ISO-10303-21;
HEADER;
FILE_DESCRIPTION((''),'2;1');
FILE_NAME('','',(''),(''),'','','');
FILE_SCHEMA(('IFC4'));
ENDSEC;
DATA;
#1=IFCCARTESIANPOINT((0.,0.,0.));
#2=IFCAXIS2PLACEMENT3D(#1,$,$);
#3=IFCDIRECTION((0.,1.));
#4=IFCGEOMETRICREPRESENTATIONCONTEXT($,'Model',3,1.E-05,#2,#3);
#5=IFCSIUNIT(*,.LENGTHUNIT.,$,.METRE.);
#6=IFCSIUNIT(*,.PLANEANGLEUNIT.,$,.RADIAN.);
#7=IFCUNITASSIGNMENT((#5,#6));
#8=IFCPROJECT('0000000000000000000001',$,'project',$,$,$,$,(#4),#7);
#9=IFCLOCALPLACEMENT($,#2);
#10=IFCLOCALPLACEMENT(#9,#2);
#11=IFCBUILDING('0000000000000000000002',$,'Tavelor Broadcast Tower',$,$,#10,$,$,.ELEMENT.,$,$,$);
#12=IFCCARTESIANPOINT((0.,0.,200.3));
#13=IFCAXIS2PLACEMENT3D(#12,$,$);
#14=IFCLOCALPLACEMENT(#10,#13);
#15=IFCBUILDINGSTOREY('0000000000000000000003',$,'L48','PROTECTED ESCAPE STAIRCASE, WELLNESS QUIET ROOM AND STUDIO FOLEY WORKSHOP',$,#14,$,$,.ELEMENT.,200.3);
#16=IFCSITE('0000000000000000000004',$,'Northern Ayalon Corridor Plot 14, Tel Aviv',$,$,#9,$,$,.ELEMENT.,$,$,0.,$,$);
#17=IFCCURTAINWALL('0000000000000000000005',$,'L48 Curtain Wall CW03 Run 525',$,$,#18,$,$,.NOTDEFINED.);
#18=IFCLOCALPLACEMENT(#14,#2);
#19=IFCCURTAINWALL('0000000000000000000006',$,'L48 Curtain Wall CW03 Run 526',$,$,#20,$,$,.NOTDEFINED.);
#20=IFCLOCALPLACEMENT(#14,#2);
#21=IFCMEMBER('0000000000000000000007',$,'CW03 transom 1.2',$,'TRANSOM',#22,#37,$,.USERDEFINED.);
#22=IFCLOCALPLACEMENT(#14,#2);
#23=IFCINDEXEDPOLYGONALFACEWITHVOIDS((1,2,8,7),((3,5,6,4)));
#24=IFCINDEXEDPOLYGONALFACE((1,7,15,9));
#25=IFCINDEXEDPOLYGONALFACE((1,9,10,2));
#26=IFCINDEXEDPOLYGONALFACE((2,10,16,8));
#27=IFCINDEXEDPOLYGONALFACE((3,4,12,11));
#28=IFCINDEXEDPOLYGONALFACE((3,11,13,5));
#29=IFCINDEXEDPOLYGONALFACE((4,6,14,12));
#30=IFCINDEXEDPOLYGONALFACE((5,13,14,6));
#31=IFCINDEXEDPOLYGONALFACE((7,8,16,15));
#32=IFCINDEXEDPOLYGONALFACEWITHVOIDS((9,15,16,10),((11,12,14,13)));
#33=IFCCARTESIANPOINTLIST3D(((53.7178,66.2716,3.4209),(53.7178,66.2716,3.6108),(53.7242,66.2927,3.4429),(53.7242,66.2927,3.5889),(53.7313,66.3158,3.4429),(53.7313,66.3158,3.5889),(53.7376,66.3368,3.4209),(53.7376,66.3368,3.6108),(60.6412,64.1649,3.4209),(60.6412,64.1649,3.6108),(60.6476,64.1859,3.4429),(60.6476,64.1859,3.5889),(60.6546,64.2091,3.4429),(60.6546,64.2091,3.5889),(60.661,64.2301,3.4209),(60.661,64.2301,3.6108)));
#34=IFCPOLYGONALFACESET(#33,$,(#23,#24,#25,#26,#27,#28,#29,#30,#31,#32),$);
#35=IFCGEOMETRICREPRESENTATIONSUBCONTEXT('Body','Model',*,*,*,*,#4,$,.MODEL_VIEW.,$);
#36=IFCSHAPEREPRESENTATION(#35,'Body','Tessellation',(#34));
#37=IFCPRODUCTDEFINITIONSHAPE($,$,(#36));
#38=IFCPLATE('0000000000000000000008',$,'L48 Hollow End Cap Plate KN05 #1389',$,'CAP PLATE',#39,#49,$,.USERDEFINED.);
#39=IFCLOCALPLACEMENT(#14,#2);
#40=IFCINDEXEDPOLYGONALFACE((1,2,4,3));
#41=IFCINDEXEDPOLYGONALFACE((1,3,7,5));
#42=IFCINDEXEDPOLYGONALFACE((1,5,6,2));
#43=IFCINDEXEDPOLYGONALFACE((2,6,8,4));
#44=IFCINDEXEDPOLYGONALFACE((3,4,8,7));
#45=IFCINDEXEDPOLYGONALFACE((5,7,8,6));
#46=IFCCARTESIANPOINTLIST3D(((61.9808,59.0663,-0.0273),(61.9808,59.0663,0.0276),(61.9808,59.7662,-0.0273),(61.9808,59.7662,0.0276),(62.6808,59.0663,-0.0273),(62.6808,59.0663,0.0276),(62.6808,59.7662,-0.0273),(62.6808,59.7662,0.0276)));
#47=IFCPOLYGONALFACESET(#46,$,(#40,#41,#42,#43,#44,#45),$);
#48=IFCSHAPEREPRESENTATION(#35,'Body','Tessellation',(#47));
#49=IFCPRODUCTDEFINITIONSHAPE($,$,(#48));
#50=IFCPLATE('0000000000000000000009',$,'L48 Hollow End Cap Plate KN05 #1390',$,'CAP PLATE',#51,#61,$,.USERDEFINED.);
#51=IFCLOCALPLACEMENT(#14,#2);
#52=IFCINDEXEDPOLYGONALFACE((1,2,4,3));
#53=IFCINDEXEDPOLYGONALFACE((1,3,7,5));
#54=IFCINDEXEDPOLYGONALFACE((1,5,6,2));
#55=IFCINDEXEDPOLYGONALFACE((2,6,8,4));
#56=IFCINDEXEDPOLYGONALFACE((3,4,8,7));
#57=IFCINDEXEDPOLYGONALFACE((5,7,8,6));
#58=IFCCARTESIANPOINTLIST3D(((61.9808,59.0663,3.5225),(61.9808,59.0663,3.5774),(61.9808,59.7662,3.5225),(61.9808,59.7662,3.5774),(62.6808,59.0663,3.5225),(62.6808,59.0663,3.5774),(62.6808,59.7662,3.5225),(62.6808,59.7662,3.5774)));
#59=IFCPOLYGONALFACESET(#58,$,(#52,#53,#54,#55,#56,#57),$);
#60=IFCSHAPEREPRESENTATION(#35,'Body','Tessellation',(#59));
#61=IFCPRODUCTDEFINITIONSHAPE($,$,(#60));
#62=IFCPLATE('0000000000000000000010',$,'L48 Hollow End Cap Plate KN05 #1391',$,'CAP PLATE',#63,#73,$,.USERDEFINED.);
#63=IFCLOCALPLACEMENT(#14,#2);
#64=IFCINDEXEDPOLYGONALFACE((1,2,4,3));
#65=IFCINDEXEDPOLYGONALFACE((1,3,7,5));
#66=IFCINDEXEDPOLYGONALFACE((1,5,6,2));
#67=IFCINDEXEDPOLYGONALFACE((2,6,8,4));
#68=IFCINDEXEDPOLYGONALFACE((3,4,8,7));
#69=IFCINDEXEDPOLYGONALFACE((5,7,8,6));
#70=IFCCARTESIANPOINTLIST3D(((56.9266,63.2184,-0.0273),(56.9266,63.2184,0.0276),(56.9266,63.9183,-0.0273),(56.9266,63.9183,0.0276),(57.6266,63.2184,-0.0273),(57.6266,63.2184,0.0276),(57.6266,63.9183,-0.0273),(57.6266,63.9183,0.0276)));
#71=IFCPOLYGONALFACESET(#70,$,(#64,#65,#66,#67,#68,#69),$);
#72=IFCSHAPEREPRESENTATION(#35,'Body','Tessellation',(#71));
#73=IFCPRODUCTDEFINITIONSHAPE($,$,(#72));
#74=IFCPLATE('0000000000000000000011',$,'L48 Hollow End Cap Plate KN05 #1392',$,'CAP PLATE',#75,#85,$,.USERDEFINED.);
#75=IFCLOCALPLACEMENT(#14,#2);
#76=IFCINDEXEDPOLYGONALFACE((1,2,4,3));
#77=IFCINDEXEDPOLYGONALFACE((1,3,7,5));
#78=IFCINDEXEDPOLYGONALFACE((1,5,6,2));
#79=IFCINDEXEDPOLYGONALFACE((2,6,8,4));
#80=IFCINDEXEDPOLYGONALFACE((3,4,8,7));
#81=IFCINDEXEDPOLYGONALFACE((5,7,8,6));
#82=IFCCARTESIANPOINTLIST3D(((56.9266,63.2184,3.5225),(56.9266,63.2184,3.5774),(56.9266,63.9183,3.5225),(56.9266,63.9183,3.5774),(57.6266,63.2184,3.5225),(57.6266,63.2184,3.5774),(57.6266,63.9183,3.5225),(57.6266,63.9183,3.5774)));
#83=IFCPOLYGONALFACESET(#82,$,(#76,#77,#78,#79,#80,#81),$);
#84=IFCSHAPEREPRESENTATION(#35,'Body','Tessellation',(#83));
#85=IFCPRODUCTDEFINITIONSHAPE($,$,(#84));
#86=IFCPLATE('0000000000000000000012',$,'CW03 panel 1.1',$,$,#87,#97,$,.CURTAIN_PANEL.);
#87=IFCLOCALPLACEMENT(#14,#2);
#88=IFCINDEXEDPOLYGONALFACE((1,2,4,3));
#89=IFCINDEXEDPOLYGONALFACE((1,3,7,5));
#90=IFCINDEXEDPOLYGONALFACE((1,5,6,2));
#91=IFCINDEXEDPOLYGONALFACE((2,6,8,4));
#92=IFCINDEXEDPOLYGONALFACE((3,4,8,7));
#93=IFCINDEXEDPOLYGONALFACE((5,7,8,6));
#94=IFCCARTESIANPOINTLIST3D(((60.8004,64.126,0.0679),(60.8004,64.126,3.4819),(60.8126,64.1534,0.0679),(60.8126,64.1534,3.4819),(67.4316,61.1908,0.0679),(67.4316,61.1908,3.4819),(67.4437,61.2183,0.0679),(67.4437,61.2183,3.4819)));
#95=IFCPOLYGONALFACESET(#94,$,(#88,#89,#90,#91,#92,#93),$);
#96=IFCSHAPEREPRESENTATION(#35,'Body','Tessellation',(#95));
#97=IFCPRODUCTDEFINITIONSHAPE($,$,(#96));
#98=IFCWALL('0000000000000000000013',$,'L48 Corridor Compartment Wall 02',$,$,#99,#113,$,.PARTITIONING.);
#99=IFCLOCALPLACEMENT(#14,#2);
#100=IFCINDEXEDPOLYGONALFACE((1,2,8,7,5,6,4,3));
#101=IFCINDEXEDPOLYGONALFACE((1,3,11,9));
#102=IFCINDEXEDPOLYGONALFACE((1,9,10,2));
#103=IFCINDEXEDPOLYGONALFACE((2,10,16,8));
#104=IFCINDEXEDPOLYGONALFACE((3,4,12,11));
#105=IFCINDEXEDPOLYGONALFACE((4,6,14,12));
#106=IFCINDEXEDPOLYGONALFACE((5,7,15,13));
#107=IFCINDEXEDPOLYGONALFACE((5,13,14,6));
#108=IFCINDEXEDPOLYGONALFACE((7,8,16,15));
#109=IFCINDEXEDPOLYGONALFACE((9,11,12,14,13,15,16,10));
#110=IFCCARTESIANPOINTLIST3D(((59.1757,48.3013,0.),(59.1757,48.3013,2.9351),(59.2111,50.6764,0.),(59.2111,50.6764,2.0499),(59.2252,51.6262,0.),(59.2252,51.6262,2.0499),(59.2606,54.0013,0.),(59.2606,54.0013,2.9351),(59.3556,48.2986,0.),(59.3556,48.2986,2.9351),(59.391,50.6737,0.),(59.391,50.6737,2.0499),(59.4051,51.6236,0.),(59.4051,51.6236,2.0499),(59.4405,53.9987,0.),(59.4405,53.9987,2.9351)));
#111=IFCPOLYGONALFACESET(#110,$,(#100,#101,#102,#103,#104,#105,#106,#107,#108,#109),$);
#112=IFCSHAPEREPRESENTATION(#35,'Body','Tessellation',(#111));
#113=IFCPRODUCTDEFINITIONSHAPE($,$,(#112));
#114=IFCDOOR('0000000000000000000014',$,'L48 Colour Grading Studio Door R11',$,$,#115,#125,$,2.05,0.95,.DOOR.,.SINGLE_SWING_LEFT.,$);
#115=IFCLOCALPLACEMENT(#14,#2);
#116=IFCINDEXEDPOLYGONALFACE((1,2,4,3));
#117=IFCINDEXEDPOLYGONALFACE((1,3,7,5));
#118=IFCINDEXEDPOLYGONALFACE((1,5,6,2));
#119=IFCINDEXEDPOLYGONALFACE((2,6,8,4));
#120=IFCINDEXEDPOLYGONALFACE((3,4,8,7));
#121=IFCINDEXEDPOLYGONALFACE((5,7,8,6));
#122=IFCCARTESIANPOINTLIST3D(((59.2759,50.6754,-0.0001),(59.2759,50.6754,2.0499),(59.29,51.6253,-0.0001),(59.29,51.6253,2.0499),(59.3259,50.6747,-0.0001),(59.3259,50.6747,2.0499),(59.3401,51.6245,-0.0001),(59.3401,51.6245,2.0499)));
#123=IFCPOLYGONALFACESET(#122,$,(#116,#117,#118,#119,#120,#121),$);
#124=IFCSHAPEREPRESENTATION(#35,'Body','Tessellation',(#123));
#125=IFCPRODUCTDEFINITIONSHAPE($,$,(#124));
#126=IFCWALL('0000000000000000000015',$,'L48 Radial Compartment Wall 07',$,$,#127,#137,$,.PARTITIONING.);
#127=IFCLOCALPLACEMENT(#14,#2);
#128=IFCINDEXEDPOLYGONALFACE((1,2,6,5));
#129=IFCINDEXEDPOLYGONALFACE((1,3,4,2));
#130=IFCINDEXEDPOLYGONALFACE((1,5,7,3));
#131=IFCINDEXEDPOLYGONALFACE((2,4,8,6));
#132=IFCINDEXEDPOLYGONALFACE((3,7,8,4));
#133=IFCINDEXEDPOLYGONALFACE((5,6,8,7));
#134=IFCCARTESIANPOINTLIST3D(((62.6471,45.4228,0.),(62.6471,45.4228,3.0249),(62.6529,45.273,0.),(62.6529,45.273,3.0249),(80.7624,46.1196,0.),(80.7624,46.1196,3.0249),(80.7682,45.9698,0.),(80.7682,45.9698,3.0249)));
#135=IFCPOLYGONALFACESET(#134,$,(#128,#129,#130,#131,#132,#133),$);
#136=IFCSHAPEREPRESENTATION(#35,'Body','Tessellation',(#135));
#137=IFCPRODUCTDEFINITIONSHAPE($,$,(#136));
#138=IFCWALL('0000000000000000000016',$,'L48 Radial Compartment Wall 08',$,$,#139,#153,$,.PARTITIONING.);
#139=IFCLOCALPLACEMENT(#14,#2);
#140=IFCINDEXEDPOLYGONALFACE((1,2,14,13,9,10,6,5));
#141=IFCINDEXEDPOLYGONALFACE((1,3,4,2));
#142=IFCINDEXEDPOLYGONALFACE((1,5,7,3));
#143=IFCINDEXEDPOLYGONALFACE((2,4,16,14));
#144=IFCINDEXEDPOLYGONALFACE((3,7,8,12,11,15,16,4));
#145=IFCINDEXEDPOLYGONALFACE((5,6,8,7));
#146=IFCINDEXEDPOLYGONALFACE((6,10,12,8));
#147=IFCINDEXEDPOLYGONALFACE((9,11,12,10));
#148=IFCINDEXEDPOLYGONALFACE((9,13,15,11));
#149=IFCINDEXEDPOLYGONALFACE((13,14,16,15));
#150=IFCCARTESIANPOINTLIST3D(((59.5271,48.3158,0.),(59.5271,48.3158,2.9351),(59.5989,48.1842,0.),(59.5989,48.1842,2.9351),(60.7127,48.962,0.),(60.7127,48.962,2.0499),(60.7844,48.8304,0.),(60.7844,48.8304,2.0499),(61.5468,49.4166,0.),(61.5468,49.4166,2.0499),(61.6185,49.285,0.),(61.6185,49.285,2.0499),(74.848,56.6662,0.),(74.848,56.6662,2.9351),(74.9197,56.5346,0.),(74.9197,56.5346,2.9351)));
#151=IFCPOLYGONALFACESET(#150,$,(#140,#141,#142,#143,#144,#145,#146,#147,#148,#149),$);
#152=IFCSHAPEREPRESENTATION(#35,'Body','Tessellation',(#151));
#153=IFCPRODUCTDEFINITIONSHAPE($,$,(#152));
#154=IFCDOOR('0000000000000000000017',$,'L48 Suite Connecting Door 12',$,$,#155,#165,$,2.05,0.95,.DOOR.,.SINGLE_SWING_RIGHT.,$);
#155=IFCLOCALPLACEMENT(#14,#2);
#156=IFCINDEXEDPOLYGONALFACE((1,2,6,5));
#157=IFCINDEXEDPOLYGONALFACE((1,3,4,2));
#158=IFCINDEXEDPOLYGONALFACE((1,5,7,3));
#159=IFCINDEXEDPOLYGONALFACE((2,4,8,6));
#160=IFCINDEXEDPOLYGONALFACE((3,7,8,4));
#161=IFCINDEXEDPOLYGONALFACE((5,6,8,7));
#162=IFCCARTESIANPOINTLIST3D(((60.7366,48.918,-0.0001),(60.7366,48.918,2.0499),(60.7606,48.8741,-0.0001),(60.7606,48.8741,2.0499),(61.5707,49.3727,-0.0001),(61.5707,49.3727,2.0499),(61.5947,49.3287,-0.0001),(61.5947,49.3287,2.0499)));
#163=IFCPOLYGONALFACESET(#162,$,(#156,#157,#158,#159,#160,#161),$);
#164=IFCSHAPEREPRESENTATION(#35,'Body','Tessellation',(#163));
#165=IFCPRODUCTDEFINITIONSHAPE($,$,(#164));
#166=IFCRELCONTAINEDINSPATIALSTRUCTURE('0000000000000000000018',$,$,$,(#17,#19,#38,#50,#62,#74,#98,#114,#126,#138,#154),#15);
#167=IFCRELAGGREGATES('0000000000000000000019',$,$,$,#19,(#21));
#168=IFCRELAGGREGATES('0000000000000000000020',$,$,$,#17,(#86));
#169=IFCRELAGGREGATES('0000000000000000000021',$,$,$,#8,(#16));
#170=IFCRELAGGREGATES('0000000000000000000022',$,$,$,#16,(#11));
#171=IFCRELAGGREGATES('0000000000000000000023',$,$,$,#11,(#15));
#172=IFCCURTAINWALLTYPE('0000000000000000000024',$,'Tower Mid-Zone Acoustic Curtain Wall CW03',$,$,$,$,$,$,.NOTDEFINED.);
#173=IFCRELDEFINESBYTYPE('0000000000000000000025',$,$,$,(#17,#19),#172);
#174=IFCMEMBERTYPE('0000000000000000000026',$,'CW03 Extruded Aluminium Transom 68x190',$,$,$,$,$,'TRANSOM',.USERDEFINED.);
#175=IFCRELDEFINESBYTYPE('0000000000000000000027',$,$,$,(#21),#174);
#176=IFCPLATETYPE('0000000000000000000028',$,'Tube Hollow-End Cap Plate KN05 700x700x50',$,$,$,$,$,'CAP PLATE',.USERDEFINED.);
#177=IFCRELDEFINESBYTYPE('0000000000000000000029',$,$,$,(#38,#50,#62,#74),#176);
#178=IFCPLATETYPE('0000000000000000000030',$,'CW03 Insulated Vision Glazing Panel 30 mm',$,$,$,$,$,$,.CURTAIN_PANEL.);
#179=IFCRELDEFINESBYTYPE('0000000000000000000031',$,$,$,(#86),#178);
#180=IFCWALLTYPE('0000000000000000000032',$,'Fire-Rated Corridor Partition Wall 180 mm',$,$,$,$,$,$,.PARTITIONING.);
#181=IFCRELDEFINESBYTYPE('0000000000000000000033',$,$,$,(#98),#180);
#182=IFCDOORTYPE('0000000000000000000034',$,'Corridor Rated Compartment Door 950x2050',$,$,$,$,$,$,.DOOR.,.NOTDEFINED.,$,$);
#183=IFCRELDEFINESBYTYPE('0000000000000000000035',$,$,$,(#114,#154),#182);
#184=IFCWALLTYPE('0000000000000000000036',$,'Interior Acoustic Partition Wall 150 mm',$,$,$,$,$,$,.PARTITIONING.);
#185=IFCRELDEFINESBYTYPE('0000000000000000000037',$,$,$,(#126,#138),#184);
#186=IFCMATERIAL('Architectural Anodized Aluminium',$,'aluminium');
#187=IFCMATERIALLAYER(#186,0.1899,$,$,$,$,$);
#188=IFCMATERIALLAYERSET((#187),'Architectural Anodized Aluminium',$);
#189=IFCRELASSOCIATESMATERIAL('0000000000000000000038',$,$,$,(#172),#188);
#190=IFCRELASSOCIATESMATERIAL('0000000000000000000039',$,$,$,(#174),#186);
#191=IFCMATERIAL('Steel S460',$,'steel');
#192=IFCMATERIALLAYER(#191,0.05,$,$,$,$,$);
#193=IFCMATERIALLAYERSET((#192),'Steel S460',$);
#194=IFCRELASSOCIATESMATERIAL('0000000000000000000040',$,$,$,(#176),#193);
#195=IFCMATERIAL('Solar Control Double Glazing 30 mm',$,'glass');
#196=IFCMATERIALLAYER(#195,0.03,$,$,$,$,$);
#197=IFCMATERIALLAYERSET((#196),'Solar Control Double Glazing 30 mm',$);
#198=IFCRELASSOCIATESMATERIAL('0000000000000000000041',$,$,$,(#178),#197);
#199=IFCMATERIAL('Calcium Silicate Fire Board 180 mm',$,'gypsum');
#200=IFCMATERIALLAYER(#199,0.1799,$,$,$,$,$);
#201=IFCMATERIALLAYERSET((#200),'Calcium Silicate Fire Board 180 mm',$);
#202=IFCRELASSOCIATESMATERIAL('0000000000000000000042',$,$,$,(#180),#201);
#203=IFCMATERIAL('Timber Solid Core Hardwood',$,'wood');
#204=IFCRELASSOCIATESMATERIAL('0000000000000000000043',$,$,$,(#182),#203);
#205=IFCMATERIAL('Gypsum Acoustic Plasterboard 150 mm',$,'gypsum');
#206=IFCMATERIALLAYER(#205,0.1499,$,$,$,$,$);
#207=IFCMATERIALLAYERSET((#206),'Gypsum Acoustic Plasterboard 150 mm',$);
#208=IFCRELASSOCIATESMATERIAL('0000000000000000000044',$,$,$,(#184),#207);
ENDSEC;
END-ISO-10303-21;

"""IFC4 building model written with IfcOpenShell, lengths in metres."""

from ifc_helpers import new_model, si_unit, direction, frame, frame_2d, origin, origin_2d, place, context, subcontext, project, spatial, rectangle, hollow_rectangle, extrude, source, transform, mapped, material, layer, layer_set, material_profile, profile_set, type_object, type_shapes, element, fill, aggregate, save


model = new_model("IFC4")

# Units and contexts
model_context = context("Model", 3, precision=1e-05, world=origin(), true_north=direction((0.0, 1.0)))
body_context = subcontext(model_context, "Body", "Model", "MODEL_VIEW")
ifc_project = project(units=[si_unit("LENGTHUNIT", "METRE"), si_unit("PLANEANGLEUNIT", "RADIAN")], contexts=[model_context])

# Site, building, storey
site_placement = place(None, origin())
site = spatial("IfcSite", under=ifc_project, at=site_placement, Name="Northern Ayalon Corridor Plot 14, Tel Aviv", CompositionType="ELEMENT", RefElevation=0.0)
building_placement = place(site_placement, origin())
building = spatial("IfcBuilding", under=site, at=building_placement, Name="Tavelor Broadcast Tower", CompositionType="ELEMENT")
storey_placement = place(building_placement, frame((0.0, 0.0, 200.3)))
storey = spatial("IfcBuildingStorey", under=building, at=storey_placement, Name="L48", Description="PROTECTED ESCAPE STAIRCASE, WELLNESS QUIET ROOM AND STUDIO FOLEY WORKSHOP", CompositionType="ELEMENT", Elevation=200.3)

# Shared definitions
ifc_material_1 = material(Name="Steel S460", Category="steel")

# Curtain wall
ifc_material_2 = material(Name="Architectural Anodized Aluminium", Category="aluminium")
ifc_layer_1 = layer(ifc_material_2, 0.1899)
ifc_layer_set_1 = layer_set([ifc_layer_1], Name="Architectural Anodized Aluminium")
curtain_wall_type = type_object("IfcCurtainWallType", Name="Tower Mid-Zone Acoustic Curtain Wall CW03", PredefinedType="NOTDEFINED", material=ifc_layer_set_1)
curtain_wall_1_placement = place(storey_placement, origin())
curtain_wall_1 = element("IfcCurtainWall", 1, at=curtain_wall_1_placement, inside=storey, type_object=curtain_wall_type, Name="L48 Curtain Wall CW03 Run 525", PredefinedType="NOTDEFINED")

# Curtain wall, member
curtain_wall_2_placement = place(storey_placement, origin())
curtain_wall_2 = element("IfcCurtainWall", 2, at=curtain_wall_2_placement, inside=storey, type_object=curtain_wall_type, Name="L48 Curtain Wall CW03 Run 526", PredefinedType="NOTDEFINED")
ifc_material_profile_1 = material_profile(ifc_material_2, hollow_rectangle(XDim=0.0681, YDim=0.1899, WallThickness=0.022, at=origin_2d()), Name="RHS 68x190x22")
ifc_profile_set_1 = profile_set([ifc_material_profile_1], Name="Architectural Anodized Aluminium")
member_type_1 = type_object("IfcMemberType", Name="CW03 Extruded Aluminium Transom 68x190", ElementType="TRANSOM", PredefinedType="USERDEFINED", material=ifc_profile_set_1)
shared_shape_1 = source(origin(), body_context, "Body", "SweptSolid", [
    extrude(hollow_rectangle(XDim=0.0681, YDim=0.1899, WallThickness=0.022, at=origin_2d()), origin(), (0.0, 0.0, 1.0), 7.2368),
])
type_shapes(member_type_1, [shared_shape_1])
member_1_placement = place(storey_placement, frame((60.6511, 64.1975, 3.5159), z_axis=(-0.95669, 0.291109, 0.0), x_axis=(-0.291109, -0.95669, 0.0)))
member_1 = element("IfcMember", 3, at=member_1_placement, type_object=member_type_1, Name="CW03 transom 1.2", ObjectType="TRANSOM", PredefinedType="USERDEFINED", context=body_context, shape_type="MappedRepresentation", body=[
    mapped(shared_shape_1, transform((0.0, 0.0, 0.0), scale=1.0)),
])
aggregate(curtain_wall_2, [member_1])

# Plates
ifc_layer_2 = layer(ifc_material_1, 0.05)
ifc_layer_set_2 = layer_set([ifc_layer_2], Name="Steel S460")
plate_type_1 = type_object("IfcPlateType", Name="Tube Hollow-End Cap Plate KN05 700x700x50", ElementType="CAP PLATE", PredefinedType="USERDEFINED", material=ifc_layer_set_2)
shared_shape_2 = source(origin(), body_context, "Body", "SweptSolid", [
    extrude(rectangle(XDim=0.7, YDim=0.7, at=origin_2d()), origin(), (0.0, 0.0, 1.0), 0.0549),
])
type_shapes(plate_type_1, [shared_shape_2])
for number, where, z_axis, x_axis, name in (
    (4, (62.3308, 59.4163, -0.0273), (0.0, 0.0, 1.0), (1.0, 0.0, 0.0), "L48 Hollow End Cap Plate KN05 #1389"),
    (5, (62.3308, 59.4163, 3.5225), (0.0, 0.0, 1.0), (1.0, 0.0, 0.0), "L48 Hollow End Cap Plate KN05 #1390"),
    (6, (57.2766, 63.5684, -0.0273), (0.0, 0.0, 1.0), (1.0, 0.0, 0.0), "L48 Hollow End Cap Plate KN05 #1391"),
    (7, (57.2766, 63.5684, 3.5225), (0.0, 0.0, 1.0), (1.0, 0.0, 0.0), "L48 Hollow End Cap Plate KN05 #1392"),
):
    element("IfcPlate", number, at=place(storey_placement, frame(where, z_axis=z_axis, x_axis=x_axis)), inside=storey, type_object=plate_type_1, Name=name, ObjectType="CAP PLATE", PredefinedType="USERDEFINED", context=body_context, shape_type="MappedRepresentation", body=[
        mapped(shared_shape_2, transform((0.0, 0.0, 0.0), scale=1.0)),
    ])

# Plate
ifc_material_3 = material(Name="Solar Control Double Glazing 30 mm", Category="glass")
ifc_layer_3 = layer(ifc_material_3, 0.03)
ifc_layer_set_3 = layer_set([ifc_layer_3], Name="Solar Control Double Glazing 30 mm")
plate_type_2 = type_object("IfcPlateType", Name="CW03 Insulated Vision Glazing Panel 30 mm", PredefinedType="CURTAIN_PANEL", material=ifc_layer_set_3)
shared_shape_3 = source(origin(), body_context, "Body", "SweptSolid", [
    extrude(rectangle(XDim=7.2517, YDim=0.03, at=origin_2d()), origin(), (0.0, 0.0, 1.0), 3.4141),
])
type_shapes(plate_type_2, [shared_shape_3])
plate_placement = place(storey_placement, frame((64.1221, 62.6721, 0.0679), z_axis=(0.0, 0.0, 1.0), x_axis=(-0.914428, 0.404749, 0.0)))
plate = element("IfcPlate", 8, at=plate_placement, type_object=plate_type_2, Name="CW03 panel 1.1", PredefinedType="CURTAIN_PANEL", context=body_context, shape_type="MappedRepresentation", body=[
    mapped(shared_shape_3, transform((0.0, 0.0, 0.0), scale=1.0)),
])
aggregate(curtain_wall_1, [plate])

# Wall, opening, door
ifc_material_4 = material(Name="Calcium Silicate Fire Board 180 mm", Category="gypsum")
ifc_layer_4 = layer(ifc_material_4, 0.1799)
ifc_layer_set_4 = layer_set([ifc_layer_4], Name="Calcium Silicate Fire Board 180 mm")
wall_type_1 = type_object("IfcWallType", Name="Fire-Rated Corridor Partition Wall 180 mm", PredefinedType="PARTITIONING", material=ifc_layer_set_4)
wall_1_placement = place(storey_placement, frame((59.3506, 54.0, 0.0), z_axis=(0.0, 0.0, 1.0), x_axis=(-0.014904, -0.999889, 0.0)))
wall_1 = element("IfcWall", 9, at=wall_1_placement, inside=storey, type_object=wall_type_1, Name="L48 Corridor Compartment Wall 02", PredefinedType="PARTITIONING", context=body_context, shape_type="SweptSolid", body=[
    extrude(rectangle(XDim=5.7007, YDim=0.1799, at=frame_2d((2.8503, 0.0))), origin(), (0.0, 0.0, 1.0), 2.9351),
])
opening_1_placement = place(wall_1_placement, frame((2.3752, 0.0, 0.0)))
opening_1 = element("IfcOpeningElement", 10, at=opening_1_placement, cuts=wall_1, PredefinedType="OPENING", context=body_context, shape_type="SweptSolid", body=[
    extrude(rectangle(XDim=0.95, YDim=2.05, at=frame_2d((0.4751, 1.0249))), frame((0.0, 0.1001, 0.0), z_axis=(0.0, -1.0, 0.0), x_axis=(1.0, 0.0, 0.0)), (0.0, 0.0, 1.0), 0.2),
])
ifc_material_5 = material(Name="Timber Solid Core Hardwood", Category="wood")
door_type = type_object("IfcDoorType", Name="Corridor Rated Compartment Door 950x2050", OperationType="NOTDEFINED", PredefinedType="DOOR", material=ifc_material_5)
door_1_placement = place(opening_1_placement, origin())
door_1 = element("IfcDoor", 11, at=door_1_placement, inside=storey, type_object=door_type, Name="L48 Colour Grading Studio Door R11", OperationType="SINGLE_SWING_LEFT", OverallHeight=2.05, OverallWidth=0.95, PredefinedType="DOOR", context=body_context, shape_type="SweptSolid", body=[
    extrude(rectangle(XDim=0.95, YDim=2.05, at=frame_2d((0.4751, 1.0249))), frame((0.0, 0.0249, 0.0), z_axis=(0.0, -1.0, 0.0), x_axis=(1.0, 0.0, 0.0)), (0.0, 0.0, 1.0), 0.05),
])
fill(opening_1, door_1)

# Wall
ifc_material_6 = material(Name="Gypsum Acoustic Plasterboard 150 mm", Category="gypsum")
ifc_layer_5 = layer(ifc_material_6, 0.1499)
ifc_layer_set_5 = layer_set([ifc_layer_5], Name="Gypsum Acoustic Plasterboard 150 mm")
wall_type_2 = type_object("IfcWallType", Name="Interior Acoustic Partition Wall 150 mm", PredefinedType="PARTITIONING", material=ifc_layer_set_5)
wall_2_placement = place(storey_placement, frame((62.6499, 45.3479, 0.0), z_axis=(0.0, 0.0, 1.0), x_axis=(0.999261, 0.038435, 0.0)))
element("IfcWall", 12, at=wall_2_placement, inside=storey, type_object=wall_type_2, Name="L48 Radial Compartment Wall 07", PredefinedType="PARTITIONING", context=body_context, shape_type="SweptSolid", body=[
    extrude(rectangle(XDim=18.1287, YDim=0.1499, at=frame_2d((9.0645, 0.0))), origin(), (0.0, 0.0, 1.0), 3.0249),
])

# Wall, opening, door
wall_3_placement = place(storey_placement, frame((59.563, 48.25, 0.0), z_axis=(0.0, 0.0, 1.0), x_axis=(0.878051, 0.478567, 0.0)))
wall_3 = element("IfcWall", 13, at=wall_3_placement, inside=storey, type_object=wall_type_2, Name="L48 Radial Compartment Wall 08", PredefinedType="PARTITIONING", context=body_context, shape_type="SweptSolid", body=[
    extrude(rectangle(XDim=17.4487, YDim=0.1499, at=frame_2d((8.7244, 0.0))), origin(), (0.0, 0.0, 1.0), 2.9351),
])
opening_2_placement = place(wall_3_placement, frame((1.3501, 0.0, 0.0)))
opening_2 = element("IfcOpeningElement", 14, at=opening_2_placement, cuts=wall_3, PredefinedType="OPENING", context=body_context, shape_type="SweptSolid", body=[
    extrude(rectangle(XDim=0.95, YDim=2.05, at=frame_2d((0.4751, 1.0249))), frame((0.0, 0.085, 0.0), z_axis=(0.0, -1.0, 0.0), x_axis=(1.0, 0.0, 0.0)), (0.0, 0.0, 1.0), 0.1699),
])
door_2_placement = place(opening_2_placement, origin())
door_2 = element("IfcDoor", 15, at=door_2_placement, inside=storey, type_object=door_type, Name="L48 Suite Connecting Door 12", OperationType="SINGLE_SWING_RIGHT", OverallHeight=2.05, OverallWidth=0.95, PredefinedType="DOOR", context=body_context, shape_type="SweptSolid", body=[
    extrude(rectangle(XDim=0.95, YDim=2.05, at=frame_2d((0.4751, 1.0249))), frame((0.0, 0.0249, 0.0), z_axis=(0.0, -1.0, 0.0), x_axis=(1.0, 0.0, 0.0)), (0.0, 0.0, 1.0), 0.05),
])
fill(opening_2, door_2)

save(model, "model.ifc")
